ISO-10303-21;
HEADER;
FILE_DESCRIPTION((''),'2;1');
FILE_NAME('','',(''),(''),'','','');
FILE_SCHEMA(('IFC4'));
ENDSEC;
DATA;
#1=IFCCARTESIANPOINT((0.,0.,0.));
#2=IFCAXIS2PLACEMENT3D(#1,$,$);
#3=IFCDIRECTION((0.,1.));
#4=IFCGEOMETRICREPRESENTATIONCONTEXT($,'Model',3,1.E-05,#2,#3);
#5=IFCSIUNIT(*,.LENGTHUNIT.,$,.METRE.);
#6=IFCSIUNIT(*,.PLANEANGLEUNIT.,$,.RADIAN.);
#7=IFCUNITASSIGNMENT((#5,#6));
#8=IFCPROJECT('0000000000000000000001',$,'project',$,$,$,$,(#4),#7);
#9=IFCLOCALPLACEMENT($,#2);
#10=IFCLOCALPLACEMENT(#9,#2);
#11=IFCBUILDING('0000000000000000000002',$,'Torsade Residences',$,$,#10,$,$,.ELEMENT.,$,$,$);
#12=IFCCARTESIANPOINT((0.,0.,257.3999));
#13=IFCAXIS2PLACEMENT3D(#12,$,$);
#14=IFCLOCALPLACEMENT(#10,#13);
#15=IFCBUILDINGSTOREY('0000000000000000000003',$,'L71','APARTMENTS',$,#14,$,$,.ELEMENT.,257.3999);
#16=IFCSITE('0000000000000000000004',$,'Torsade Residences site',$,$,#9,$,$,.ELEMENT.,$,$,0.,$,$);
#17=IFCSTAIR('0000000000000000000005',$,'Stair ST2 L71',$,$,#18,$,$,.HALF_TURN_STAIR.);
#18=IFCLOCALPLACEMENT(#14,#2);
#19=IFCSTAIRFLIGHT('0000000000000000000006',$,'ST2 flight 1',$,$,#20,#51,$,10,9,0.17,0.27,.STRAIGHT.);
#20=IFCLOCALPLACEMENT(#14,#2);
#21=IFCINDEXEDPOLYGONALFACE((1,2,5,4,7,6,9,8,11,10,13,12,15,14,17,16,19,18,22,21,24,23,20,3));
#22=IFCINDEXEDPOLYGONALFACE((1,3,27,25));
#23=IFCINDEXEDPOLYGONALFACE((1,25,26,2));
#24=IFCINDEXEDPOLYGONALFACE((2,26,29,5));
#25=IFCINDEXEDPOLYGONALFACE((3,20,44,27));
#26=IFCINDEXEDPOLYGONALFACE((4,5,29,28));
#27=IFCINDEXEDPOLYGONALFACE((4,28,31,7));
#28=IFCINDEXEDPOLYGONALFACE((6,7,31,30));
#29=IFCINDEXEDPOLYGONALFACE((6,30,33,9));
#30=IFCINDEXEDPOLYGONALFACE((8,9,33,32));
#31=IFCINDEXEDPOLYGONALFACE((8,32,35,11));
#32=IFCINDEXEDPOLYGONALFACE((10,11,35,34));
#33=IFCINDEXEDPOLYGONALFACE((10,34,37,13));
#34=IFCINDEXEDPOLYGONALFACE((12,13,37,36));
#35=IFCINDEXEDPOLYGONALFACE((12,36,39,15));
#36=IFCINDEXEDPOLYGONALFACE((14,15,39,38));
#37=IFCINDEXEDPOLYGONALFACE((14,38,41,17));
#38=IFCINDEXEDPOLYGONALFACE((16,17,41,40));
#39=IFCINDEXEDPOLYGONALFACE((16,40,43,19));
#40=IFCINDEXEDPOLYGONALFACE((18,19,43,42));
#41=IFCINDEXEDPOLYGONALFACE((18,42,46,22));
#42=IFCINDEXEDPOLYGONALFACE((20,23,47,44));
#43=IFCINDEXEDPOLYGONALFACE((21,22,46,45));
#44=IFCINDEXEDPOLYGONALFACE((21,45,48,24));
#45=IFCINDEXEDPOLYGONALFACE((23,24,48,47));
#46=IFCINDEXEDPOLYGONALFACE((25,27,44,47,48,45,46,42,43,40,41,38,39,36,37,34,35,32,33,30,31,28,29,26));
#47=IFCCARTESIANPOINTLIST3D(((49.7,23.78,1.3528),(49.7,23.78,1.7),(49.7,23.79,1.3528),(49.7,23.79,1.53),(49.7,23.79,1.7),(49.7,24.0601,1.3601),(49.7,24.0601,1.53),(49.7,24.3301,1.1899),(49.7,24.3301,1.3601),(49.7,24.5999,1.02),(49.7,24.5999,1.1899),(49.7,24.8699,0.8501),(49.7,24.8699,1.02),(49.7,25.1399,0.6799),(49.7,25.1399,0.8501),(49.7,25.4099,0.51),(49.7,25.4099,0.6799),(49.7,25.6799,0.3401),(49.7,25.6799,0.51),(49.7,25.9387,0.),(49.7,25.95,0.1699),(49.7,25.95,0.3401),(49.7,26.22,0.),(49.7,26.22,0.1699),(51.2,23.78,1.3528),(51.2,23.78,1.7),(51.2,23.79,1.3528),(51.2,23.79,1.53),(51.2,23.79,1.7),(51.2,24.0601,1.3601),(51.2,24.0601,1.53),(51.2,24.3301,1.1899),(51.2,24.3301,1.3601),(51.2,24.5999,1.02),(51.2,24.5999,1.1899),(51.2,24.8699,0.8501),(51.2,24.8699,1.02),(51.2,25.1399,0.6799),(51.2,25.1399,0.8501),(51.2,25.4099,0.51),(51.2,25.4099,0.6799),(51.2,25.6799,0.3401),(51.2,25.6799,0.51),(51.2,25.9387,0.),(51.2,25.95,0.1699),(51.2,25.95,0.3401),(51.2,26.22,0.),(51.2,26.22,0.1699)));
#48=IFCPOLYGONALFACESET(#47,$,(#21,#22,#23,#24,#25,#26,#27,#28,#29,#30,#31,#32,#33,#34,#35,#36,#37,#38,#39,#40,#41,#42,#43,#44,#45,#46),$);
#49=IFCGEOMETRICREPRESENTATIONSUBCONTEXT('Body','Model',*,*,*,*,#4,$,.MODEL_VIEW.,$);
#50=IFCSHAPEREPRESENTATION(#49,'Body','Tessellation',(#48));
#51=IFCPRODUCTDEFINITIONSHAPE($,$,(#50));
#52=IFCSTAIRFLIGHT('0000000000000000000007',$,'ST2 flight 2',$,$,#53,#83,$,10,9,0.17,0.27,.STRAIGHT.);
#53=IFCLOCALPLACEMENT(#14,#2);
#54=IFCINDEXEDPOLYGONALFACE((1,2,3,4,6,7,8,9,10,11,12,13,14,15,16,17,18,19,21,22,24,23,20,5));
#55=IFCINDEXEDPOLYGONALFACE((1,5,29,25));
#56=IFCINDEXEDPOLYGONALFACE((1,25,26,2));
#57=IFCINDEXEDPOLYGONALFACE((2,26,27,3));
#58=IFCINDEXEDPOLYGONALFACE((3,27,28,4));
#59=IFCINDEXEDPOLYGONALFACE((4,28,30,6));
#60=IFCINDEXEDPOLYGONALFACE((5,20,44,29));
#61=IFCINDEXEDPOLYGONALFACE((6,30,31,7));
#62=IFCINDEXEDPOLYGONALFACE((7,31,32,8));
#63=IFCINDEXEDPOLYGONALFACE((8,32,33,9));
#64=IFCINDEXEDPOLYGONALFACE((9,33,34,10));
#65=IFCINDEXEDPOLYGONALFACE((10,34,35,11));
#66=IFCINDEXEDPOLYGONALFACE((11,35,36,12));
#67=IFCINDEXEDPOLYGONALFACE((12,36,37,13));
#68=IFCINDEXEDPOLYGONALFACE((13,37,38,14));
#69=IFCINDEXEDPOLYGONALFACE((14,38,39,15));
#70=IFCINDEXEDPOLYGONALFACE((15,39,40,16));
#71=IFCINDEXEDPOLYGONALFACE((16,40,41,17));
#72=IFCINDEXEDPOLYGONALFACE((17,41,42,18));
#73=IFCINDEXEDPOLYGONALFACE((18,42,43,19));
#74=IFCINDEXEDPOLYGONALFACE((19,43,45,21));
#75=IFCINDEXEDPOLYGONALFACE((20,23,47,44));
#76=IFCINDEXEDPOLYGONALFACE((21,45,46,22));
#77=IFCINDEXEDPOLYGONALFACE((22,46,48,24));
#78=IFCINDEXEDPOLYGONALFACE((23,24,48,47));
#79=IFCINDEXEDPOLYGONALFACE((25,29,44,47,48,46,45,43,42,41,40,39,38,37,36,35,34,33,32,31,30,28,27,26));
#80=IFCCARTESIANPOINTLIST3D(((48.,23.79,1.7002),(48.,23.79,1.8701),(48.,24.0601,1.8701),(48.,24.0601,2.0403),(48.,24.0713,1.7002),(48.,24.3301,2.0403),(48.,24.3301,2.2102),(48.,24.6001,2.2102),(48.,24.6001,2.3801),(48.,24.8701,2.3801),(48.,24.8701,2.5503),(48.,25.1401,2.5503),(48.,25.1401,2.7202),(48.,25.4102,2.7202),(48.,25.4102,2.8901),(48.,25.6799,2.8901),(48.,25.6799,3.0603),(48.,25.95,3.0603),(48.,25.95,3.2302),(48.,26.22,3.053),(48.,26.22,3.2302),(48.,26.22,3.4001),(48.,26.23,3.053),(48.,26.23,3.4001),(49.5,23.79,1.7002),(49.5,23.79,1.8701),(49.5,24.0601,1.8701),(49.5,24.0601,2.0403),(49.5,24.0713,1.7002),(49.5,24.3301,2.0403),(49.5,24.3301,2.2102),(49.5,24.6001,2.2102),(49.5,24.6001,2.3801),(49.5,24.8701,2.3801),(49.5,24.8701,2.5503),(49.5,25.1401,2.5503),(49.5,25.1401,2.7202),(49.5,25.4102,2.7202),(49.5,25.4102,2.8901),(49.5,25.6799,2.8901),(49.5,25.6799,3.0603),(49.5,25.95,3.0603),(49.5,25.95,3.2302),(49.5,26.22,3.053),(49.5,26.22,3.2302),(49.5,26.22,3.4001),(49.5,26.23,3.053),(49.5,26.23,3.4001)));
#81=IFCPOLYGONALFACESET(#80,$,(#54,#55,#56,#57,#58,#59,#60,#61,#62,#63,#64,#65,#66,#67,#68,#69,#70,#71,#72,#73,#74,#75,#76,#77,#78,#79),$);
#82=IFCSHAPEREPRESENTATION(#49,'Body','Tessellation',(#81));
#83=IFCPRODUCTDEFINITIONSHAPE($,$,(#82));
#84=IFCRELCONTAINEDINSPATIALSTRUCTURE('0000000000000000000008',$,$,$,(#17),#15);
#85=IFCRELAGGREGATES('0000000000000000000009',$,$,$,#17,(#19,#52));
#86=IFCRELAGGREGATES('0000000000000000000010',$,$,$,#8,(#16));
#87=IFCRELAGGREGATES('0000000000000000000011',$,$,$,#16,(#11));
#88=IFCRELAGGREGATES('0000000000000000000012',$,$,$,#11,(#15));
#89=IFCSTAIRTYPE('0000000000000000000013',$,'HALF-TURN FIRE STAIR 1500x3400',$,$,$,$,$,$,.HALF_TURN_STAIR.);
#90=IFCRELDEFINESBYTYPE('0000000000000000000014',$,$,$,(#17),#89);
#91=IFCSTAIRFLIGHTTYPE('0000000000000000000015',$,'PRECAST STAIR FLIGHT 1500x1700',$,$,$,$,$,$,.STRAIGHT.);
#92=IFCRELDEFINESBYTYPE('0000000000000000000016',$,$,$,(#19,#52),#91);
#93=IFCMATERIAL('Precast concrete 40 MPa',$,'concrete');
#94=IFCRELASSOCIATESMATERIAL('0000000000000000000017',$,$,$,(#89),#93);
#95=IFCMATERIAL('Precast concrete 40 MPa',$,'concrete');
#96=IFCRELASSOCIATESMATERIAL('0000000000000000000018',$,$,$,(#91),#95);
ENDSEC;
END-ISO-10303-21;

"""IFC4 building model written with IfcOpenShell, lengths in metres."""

from ifc_helpers import new_model, si_unit, direction, frame, origin, place, context, subcontext, project, spatial, polyline, outline, extrude, material, type_object, element, aggregate, save


model = new_model("IFC4")

# Units and contexts
model_context = context("Model", 3, precision=1e-05, world=origin(), true_north=direction((0.0, 1.0)))
body_context = subcontext(model_context, "Body", "Model", "MODEL_VIEW")
ifc_project = project(units=[si_unit("LENGTHUNIT", "METRE"), si_unit("PLANEANGLEUNIT", "RADIAN")], contexts=[model_context])

# Site, building, storey
site_placement = place(None, origin())
site = spatial("IfcSite", under=ifc_project, at=site_placement, Name="Torsade Residences site", CompositionType="ELEMENT", RefElevation=0.0)
building_placement = place(site_placement, origin())
building = spatial("IfcBuilding", under=site, at=building_placement, Name="Torsade Residences", CompositionType="ELEMENT")
storey_placement = place(building_placement, frame((0.0, 0.0, 257.3999)))
storey = spatial("IfcBuildingStorey", under=building, at=storey_placement, Name="L71", Description="APARTMENTS", CompositionType="ELEMENT", Elevation=257.3999)

# Stair, stair flights
ifc_material_1 = material(Name="Precast concrete 40 MPa", Category="concrete")
stair_type = type_object("IfcStairType", Name="HALF-TURN FIRE STAIR 1500x3400", PredefinedType="HALF_TURN_STAIR", material=ifc_material_1)
stair_placement = place(storey_placement, origin())
stair = element("IfcStair", 1, at=stair_placement, inside=storey, type_object=stair_type, Name="Stair ST2 L71", PredefinedType="HALF_TURN_STAIR")
ifc_material_2 = material(Name="Precast concrete 40 MPa", Category="concrete")
stair_flight_type = type_object("IfcStairFlightType", Name="PRECAST STAIR FLIGHT 1500x1700", PredefinedType="STRAIGHT", material=ifc_material_2)
stair_flight_1_placement = place(storey_placement, frame((50.45, 26.22, 0.0), z_axis=(0.0, 0.0, 1.0), x_axis=(0.0, -1.0, 0.0)))
stair_flight_1 = element("IfcStairFlight", 2, at=stair_flight_1_placement, type_object=stair_flight_type, Name="ST2 flight 1", NumberOfRisers=10, NumberOfTreads=9, PredefinedType="STRAIGHT", RiserHeight=0.17, TreadLength=0.27, context=body_context, shape_type="SweptSolid", body=[
    extrude(outline(polyline([(0.0, 0.0), (0.0, 0.1699), (0.27, 0.1699), (0.27, 0.3401), (0.54, 0.3401), (0.54, 0.51), (0.8101, 0.51), (0.8101, 0.6799), (1.0801, 0.6799), (1.0801, 0.8501), (1.3501, 0.8501), (1.3501, 1.02), (1.6201, 1.02), (1.6201, 1.1899), (1.8899, 1.1899), (1.8899, 1.3601), (2.1599, 1.3601), (2.1599, 1.53), (2.4299, 1.53), (2.4299, 1.7), (2.4399, 1.7), (2.4399, 1.3528), (2.4299, 1.3528), (0.2812, 0.0), (0.0, 0.0)])), frame((0.0, 0.75, 0.0), z_axis=(0.0, -1.0, 0.0), x_axis=(1.0, 0.0, 0.0)), (0.0, 0.0, 1.0), 1.5),
])
stair_flight_2_placement = place(storey_placement, frame((48.75, 23.79, 1.7002), z_axis=(0.0, 0.0, 1.0), x_axis=(0.0, 1.0, 0.0)))
stair_flight_2 = element("IfcStairFlight", 3, at=stair_flight_2_placement, type_object=stair_flight_type, Name="ST2 flight 2", NumberOfRisers=10, NumberOfTreads=9, PredefinedType="STRAIGHT", RiserHeight=0.17, TreadLength=0.27, context=body_context, shape_type="SweptSolid", body=[
    extrude(outline(polyline([(0.0, 0.0), (0.0, 0.1699), (0.27, 0.1699), (0.27, 0.3401), (0.54, 0.3401), (0.54, 0.51), (0.8101, 0.51), (0.8101, 0.6799), (1.0801, 0.6799), (1.0801, 0.8501), (1.3501, 0.8501), (1.3501, 1.02), (1.6201, 1.02), (1.6201, 1.1899), (1.8899, 1.1899), (1.8899, 1.3601), (2.1599, 1.3601), (2.1599, 1.53), (2.4299, 1.53), (2.4299, 1.7), (2.4399, 1.7), (2.4399, 1.3528), (2.4299, 1.3528), (0.2812, 0.0), (0.0, 0.0)])), frame((0.0, 0.75, 0.0), z_axis=(0.0, -1.0, 0.0), x_axis=(1.0, 0.0, 0.0)), (0.0, 0.0, 1.0), 1.5),
])
aggregate(stair, [stair_flight_1, stair_flight_2])

save(model, "model.ifc")
